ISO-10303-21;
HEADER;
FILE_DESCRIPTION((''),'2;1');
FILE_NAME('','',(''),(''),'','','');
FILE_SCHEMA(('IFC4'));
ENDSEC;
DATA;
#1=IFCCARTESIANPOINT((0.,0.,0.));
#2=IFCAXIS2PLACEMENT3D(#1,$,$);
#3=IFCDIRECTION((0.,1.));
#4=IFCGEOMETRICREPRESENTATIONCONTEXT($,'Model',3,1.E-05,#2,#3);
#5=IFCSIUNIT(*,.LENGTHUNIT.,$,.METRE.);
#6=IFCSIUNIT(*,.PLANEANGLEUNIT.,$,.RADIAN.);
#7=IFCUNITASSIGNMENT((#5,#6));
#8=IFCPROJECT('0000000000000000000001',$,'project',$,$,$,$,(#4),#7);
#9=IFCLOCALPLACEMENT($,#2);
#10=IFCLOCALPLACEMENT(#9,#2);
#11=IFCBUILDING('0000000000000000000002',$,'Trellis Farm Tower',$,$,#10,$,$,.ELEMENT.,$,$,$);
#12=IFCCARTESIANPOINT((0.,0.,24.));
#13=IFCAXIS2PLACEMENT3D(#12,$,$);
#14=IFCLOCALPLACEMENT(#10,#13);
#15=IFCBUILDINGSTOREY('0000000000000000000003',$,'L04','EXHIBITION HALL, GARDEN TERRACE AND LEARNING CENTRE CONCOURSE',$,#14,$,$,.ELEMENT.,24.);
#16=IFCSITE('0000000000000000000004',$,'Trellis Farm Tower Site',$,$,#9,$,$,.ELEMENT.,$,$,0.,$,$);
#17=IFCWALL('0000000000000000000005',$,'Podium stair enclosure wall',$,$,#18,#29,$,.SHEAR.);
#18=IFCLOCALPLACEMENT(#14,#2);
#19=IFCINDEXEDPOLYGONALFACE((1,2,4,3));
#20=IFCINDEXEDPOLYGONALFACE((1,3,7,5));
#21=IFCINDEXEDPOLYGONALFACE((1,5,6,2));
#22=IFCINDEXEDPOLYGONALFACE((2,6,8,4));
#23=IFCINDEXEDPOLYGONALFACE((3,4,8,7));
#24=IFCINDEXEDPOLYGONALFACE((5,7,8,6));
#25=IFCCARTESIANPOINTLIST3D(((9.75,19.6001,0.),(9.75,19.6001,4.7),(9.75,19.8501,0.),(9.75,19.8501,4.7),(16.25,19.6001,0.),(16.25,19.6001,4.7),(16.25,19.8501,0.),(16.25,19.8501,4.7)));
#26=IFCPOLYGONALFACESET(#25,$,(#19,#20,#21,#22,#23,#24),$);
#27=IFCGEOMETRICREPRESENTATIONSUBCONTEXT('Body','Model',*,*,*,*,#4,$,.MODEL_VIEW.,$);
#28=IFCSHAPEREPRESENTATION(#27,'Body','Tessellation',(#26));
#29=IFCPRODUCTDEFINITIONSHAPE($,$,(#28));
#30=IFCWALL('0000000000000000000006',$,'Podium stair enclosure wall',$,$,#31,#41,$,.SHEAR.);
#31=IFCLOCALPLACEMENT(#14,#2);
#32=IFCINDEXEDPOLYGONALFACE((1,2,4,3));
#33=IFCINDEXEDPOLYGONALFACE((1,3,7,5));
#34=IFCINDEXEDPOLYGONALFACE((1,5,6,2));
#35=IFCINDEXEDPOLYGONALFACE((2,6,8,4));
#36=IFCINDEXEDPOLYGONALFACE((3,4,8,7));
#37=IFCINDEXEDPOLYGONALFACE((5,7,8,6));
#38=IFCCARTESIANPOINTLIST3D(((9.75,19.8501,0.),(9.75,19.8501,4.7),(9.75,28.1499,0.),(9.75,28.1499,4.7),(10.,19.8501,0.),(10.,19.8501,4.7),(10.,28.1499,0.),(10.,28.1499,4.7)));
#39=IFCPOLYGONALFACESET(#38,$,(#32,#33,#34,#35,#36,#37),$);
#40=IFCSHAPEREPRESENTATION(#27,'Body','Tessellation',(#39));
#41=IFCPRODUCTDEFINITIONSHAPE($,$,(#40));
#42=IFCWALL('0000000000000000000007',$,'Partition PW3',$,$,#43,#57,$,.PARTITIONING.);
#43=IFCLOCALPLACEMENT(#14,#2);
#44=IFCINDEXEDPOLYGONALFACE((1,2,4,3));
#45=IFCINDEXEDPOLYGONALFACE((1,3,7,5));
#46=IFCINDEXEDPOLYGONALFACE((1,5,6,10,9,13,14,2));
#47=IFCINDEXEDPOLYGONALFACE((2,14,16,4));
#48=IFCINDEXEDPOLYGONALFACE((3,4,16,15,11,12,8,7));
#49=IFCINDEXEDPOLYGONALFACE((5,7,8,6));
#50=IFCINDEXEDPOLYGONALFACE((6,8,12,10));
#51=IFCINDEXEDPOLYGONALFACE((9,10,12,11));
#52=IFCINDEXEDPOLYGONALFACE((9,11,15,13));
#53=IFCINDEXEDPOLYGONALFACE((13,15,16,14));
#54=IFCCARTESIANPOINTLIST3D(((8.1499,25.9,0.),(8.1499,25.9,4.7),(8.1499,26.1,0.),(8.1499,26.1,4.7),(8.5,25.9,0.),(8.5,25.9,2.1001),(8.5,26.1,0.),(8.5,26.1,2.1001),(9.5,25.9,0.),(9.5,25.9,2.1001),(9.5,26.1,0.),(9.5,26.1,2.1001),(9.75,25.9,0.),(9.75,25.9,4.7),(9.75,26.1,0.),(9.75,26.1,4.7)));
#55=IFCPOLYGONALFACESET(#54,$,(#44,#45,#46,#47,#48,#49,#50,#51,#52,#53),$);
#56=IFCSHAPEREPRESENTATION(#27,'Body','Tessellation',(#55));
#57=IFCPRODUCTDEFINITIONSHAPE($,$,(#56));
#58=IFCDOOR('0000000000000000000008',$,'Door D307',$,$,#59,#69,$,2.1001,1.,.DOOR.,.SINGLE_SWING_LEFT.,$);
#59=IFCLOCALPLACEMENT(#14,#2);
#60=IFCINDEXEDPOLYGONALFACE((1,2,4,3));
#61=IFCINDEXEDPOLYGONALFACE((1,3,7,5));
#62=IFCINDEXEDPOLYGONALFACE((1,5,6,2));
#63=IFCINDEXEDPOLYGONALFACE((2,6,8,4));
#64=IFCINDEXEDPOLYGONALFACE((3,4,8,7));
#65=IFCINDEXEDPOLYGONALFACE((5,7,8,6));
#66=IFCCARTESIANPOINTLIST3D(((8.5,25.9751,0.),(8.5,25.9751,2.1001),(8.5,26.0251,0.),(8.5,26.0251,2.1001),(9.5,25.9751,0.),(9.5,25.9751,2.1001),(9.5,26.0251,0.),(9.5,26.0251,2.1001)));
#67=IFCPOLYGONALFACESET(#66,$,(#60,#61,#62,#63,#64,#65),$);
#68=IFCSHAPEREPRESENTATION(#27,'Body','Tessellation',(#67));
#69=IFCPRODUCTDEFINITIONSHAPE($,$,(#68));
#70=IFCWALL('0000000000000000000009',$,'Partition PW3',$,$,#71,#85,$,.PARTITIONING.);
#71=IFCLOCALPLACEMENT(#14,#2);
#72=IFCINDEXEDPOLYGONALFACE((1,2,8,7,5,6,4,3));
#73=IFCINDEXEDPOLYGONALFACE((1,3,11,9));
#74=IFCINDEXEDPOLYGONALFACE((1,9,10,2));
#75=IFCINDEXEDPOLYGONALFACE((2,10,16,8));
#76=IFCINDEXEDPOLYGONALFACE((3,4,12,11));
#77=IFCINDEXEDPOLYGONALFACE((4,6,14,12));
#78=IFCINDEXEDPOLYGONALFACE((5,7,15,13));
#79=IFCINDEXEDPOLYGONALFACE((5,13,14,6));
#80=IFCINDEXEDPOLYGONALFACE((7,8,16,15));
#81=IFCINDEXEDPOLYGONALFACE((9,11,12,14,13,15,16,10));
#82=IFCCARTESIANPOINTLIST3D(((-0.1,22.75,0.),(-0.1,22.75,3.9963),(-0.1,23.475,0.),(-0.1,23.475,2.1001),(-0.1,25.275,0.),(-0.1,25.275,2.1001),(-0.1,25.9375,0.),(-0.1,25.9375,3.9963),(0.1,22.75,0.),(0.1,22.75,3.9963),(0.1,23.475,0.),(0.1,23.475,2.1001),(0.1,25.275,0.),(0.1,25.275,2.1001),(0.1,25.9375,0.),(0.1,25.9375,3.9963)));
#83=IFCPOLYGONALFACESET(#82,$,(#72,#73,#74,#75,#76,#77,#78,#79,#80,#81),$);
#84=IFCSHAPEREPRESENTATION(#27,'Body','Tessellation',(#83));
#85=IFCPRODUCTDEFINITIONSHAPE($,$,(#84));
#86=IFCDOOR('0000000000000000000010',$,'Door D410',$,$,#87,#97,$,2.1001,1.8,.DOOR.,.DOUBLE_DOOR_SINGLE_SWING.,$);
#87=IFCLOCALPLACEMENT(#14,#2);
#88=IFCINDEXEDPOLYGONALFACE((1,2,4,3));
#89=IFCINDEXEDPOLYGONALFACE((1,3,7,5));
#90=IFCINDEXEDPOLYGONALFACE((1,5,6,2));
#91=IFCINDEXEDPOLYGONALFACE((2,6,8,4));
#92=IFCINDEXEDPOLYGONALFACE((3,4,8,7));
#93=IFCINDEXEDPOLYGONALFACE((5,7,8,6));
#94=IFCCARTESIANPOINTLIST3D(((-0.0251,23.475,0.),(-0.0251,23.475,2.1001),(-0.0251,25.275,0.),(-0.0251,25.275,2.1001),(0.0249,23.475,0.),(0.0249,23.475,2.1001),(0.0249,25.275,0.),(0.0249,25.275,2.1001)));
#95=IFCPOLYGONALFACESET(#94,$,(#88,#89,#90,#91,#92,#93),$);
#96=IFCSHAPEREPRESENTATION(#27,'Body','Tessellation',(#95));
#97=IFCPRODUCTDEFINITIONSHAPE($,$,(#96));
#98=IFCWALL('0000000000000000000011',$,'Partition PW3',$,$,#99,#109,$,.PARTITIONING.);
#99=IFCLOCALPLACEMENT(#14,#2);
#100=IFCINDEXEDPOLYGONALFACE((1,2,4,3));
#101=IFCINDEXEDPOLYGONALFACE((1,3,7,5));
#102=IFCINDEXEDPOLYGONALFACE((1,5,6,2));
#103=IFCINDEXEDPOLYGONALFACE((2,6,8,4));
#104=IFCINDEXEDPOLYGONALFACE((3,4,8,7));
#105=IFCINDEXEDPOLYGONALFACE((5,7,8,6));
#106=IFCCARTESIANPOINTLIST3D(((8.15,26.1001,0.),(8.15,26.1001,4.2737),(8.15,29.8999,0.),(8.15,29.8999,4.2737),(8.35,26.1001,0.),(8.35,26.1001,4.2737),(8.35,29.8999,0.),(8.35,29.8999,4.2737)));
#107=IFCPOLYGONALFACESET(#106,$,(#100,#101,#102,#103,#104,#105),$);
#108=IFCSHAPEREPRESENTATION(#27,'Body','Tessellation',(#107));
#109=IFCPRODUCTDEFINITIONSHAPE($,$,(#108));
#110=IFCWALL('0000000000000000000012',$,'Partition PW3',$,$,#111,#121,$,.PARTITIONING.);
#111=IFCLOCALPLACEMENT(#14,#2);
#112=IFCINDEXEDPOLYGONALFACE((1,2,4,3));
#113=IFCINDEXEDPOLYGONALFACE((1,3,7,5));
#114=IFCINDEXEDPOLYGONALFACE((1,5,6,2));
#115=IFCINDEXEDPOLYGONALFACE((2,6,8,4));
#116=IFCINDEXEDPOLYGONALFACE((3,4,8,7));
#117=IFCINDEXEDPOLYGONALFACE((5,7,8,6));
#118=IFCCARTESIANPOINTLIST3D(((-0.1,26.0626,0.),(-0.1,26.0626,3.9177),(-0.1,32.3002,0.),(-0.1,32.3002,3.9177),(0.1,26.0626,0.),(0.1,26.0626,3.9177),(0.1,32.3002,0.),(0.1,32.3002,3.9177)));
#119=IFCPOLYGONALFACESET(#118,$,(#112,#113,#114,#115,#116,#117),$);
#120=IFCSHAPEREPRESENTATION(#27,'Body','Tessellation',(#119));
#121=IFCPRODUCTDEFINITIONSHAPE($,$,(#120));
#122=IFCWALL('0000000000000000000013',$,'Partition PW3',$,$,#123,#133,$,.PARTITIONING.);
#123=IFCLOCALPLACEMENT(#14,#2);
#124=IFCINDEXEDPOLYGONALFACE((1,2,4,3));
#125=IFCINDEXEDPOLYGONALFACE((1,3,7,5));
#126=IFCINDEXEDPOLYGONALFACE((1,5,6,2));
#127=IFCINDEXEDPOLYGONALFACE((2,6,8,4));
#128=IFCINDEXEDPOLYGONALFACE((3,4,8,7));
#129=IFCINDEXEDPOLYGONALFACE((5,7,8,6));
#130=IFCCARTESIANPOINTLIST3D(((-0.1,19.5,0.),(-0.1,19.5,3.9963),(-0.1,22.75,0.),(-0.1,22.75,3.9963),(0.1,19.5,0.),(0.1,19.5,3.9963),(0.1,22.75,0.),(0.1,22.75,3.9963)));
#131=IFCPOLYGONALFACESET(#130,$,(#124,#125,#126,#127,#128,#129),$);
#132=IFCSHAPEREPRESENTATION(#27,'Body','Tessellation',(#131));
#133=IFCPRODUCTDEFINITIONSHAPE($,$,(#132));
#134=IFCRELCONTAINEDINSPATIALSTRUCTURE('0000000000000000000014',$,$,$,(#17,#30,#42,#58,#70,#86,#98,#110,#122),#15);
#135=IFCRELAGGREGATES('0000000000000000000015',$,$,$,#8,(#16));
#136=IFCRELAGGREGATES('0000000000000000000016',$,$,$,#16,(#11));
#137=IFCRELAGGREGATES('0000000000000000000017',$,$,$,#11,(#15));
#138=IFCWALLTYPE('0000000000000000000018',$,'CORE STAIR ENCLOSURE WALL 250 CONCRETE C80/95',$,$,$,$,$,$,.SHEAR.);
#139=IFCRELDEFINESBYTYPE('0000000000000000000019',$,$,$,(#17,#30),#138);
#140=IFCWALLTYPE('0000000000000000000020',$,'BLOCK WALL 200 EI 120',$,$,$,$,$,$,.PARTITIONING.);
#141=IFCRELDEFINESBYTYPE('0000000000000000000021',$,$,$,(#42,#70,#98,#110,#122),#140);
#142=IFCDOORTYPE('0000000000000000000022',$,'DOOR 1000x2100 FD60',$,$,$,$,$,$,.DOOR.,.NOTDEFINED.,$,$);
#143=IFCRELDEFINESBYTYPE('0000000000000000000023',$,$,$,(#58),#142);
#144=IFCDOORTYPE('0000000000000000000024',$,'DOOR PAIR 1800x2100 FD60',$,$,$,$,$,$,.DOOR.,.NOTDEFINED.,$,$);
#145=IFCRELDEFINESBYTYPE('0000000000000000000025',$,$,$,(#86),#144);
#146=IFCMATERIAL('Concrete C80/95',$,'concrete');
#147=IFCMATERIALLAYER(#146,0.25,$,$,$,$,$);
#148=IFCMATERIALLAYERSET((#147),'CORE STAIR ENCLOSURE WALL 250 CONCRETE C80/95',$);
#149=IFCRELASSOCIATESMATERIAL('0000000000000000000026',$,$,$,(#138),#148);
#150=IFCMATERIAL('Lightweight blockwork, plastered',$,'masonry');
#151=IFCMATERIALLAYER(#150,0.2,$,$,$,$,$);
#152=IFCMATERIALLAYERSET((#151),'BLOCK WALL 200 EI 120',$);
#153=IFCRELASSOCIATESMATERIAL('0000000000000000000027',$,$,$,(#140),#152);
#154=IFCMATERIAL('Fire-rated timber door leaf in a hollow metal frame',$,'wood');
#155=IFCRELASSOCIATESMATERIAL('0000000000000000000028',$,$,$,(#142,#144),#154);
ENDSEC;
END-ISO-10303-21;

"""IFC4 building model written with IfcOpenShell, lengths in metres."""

from ifc_helpers import new_model, si_unit, direction, frame, frame_2d, origin, place, context, subcontext, project, spatial, rectangle, extrude, source, transform, mapped, material, layer, layer_set, type_object, element, fill, save


model = new_model("IFC4")

# Units and contexts
model_context = context("Model", 3, precision=1e-05, world=origin(), true_north=direction((0.0, 1.0)))
body_context = subcontext(model_context, "Body", "Model", "MODEL_VIEW")
ifc_project = project(units=[si_unit("LENGTHUNIT", "METRE"), si_unit("PLANEANGLEUNIT", "RADIAN")], contexts=[model_context])

# Site, building, storey
site_placement = place(None, origin())
site = spatial("IfcSite", under=ifc_project, at=site_placement, Name="Trellis Farm Tower Site", CompositionType="ELEMENT", RefElevation=0.0)
building_placement = place(site_placement, origin())
building = spatial("IfcBuilding", under=site, at=building_placement, Name="Trellis Farm Tower", CompositionType="ELEMENT")
storey_placement = place(building_placement, frame((0.0, 0.0, 24.0)))
storey = spatial("IfcBuildingStorey", under=building, at=storey_placement, Name="L04", Description="EXHIBITION HALL, GARDEN TERRACE AND LEARNING CENTRE CONCOURSE", CompositionType="ELEMENT", Elevation=24.0)

# Shared definitions
ifc_material_1 = material(Name="Concrete C80/95", Category="concrete")

# Shared definitions
ifc_layer_1 = layer(ifc_material_1, 0.25)
ifc_layer_set_1 = layer_set([ifc_layer_1], Name="CORE STAIR ENCLOSURE WALL 250 CONCRETE C80/95")
wall_type_1 = type_object("IfcWallType", Name="CORE STAIR ENCLOSURE WALL 250 CONCRETE C80/95", PredefinedType="SHEAR", material=ifc_layer_set_1)
shared_shape_1 = source(origin(), body_context, "Body", "SweptSolid", [
    extrude(rectangle(XDim=6.5, YDim=0.25, at=frame_2d((3.25, 0.0))), origin(), (0.0, 0.0, 1.0), 4.7),
])
shared_shape_2 = source(origin(), body_context, "Body", "SweptSolid", [
    extrude(rectangle(XDim=1.8, YDim=2.1001, at=frame_2d((0.8999, 1.05))), frame((0.0, 0.0249, 0.0), z_axis=(0.0, -1.0, 0.0), x_axis=(1.0, 0.0, 0.0)), (0.0, 0.0, 1.0), 0.05),
])

# Walls
wall_1_placement = place(storey_placement, frame((9.75, 19.7251, 0.0), z_axis=(0.0, 0.0, 1.0), x_axis=(1.0, 0.0, 0.0)))
element("IfcWall", 1, at=wall_1_placement, inside=storey, type_object=wall_type_1, Name="Podium stair enclosure wall", PredefinedType="SHEAR", context=body_context, shape_type="MappedRepresentation", body=[
    mapped(shared_shape_1, transform((0.0, 0.0, 0.0))),
])
shared_shape_3 = source(origin(), body_context, "Body", "SweptSolid", [
    extrude(rectangle(XDim=8.2998, YDim=0.25, at=frame_2d((4.1499, 0.0))), origin(), (0.0, 0.0, 1.0), 4.7),
])
wall_2_placement = place(storey_placement, frame((9.875, 19.8501, 0.0), z_axis=(0.0, 0.0, 1.0), x_axis=(0.0, 1.0, 0.0)))
element("IfcWall", 2, at=wall_2_placement, inside=storey, type_object=wall_type_1, Name="Podium stair enclosure wall", PredefinedType="SHEAR", context=body_context, shape_type="MappedRepresentation", body=[
    mapped(shared_shape_3, transform((0.0, 0.0, 0.0))),
])

# Walls, openings, doors
ifc_material_2 = material(Name="Lightweight blockwork, plastered", Category="masonry")
ifc_layer_2 = layer(ifc_material_2, 0.2)
ifc_layer_set_2 = layer_set([ifc_layer_2], Name="BLOCK WALL 200 EI 120")
wall_type_2 = type_object("IfcWallType", Name="BLOCK WALL 200 EI 120", PredefinedType="PARTITIONING", material=ifc_layer_set_2)
shared_shape_4 = source(origin(), body_context, "Body", "SweptSolid", [
    extrude(rectangle(XDim=1.6001, YDim=0.2, at=frame_2d((0.8, 0.0))), origin(), (0.0, 0.0, 1.0), 4.7),
])
wall_3_placement = place(storey_placement, frame((9.75, 26.0, 0.0), z_axis=(0.0, 0.0, 1.0), x_axis=(-1.0, 0.0, 0.0)))
wall_3 = element("IfcWall", 3, at=wall_3_placement, inside=storey, type_object=wall_type_2, Name="Partition PW3", PredefinedType="PARTITIONING", context=body_context, shape_type="MappedRepresentation", body=[
    mapped(shared_shape_4, transform((0.0, 0.0, 0.0))),
])
shared_shape_5 = source(origin(), body_context, "Body", "SweptSolid", [
    extrude(rectangle(XDim=1.0, YDim=2.1001, at=frame_2d((0.5, 1.05))), frame((0.0, 0.1101, 0.0), z_axis=(0.0, -1.0, 0.0), x_axis=(1.0, 0.0, 0.0)), (0.0, 0.0, 1.0), 0.2202),
])
opening_1_placement = place(wall_3_placement, frame((0.25, 0.0, 0.0)))
opening_1 = element("IfcOpeningElement", 4, at=opening_1_placement, cuts=wall_3, PredefinedType="OPENING", context=body_context, shape_type="MappedRepresentation", body=[
    mapped(shared_shape_5, transform((0.0, 0.0, 0.0))),
])
ifc_material_3 = material(Name="Fire-rated timber door leaf in a hollow metal frame", Category="wood")
door_type_1 = type_object("IfcDoorType", Name="DOOR 1000x2100 FD60", OperationType="NOTDEFINED", PredefinedType="DOOR", material=ifc_material_3)
shared_shape_6 = source(origin(), body_context, "Body", "SweptSolid", [
    extrude(rectangle(XDim=1.0, YDim=2.1001, at=frame_2d((0.5, 1.05))), frame((0.0, 0.0249, 0.0), z_axis=(0.0, -1.0, 0.0), x_axis=(1.0, 0.0, 0.0)), (0.0, 0.0, 1.0), 0.05),
])
door_1_placement = place(opening_1_placement, origin())
door_1 = element("IfcDoor", 5, at=door_1_placement, inside=storey, type_object=door_type_1, Name="Door D307", OperationType="SINGLE_SWING_LEFT", OverallHeight=2.1001, OverallWidth=1.0, PredefinedType="DOOR", context=body_context, shape_type="MappedRepresentation", body=[
    mapped(shared_shape_6, transform((0.0, 0.0, 0.0))),
])
fill(opening_1, door_1)
shared_shape_7 = source(origin(), body_context, "Body", "SweptSolid", [
    extrude(rectangle(XDim=3.1875, YDim=0.2, at=frame_2d((1.5938, 0.0))), origin(), (0.0, 0.0, 1.0), 3.9963),
])
wall_4_placement = place(storey_placement, frame((0.0, 25.9375, 0.0), z_axis=(0.0, 0.0, 1.0), x_axis=(0.0, -1.0, 0.0)))
wall_4 = element("IfcWall", 6, at=wall_4_placement, inside=storey, type_object=wall_type_2, Name="Partition PW3", PredefinedType="PARTITIONING", context=body_context, shape_type="MappedRepresentation", body=[
    mapped(shared_shape_7, transform((0.0, 0.0, 0.0))),
])
shared_shape_8 = source(origin(), body_context, "Body", "SweptSolid", [
    extrude(rectangle(XDim=1.8, YDim=2.1001, at=frame_2d((0.8999, 1.05))), frame((0.0, 0.1101, 0.0), z_axis=(0.0, -1.0, 0.0), x_axis=(1.0, 0.0, 0.0)), (0.0, 0.0, 1.0), 0.2202),
])
opening_2_placement = place(wall_4_placement, frame((0.6626, 0.0, 0.0)))
opening_2 = element("IfcOpeningElement", 7, at=opening_2_placement, cuts=wall_4, PredefinedType="OPENING", context=body_context, shape_type="MappedRepresentation", body=[
    mapped(shared_shape_8, transform((0.0, 0.0, 0.0))),
])
door_type_2 = type_object("IfcDoorType", Name="DOOR PAIR 1800x2100 FD60", OperationType="NOTDEFINED", PredefinedType="DOOR", material=ifc_material_3)
door_2_placement = place(opening_2_placement, origin())
door_2 = element("IfcDoor", 8, at=door_2_placement, inside=storey, type_object=door_type_2, Name="Door D410", OperationType="DOUBLE_DOOR_SINGLE_SWING", OverallHeight=2.1001, OverallWidth=1.8, PredefinedType="DOOR", context=body_context, shape_type="MappedRepresentation", body=[
    mapped(shared_shape_2, transform((0.0, 0.0, 0.0))),
])
fill(opening_2, door_2)

# Walls
shared_shape_9 = source(origin(), body_context, "Body", "SweptSolid", [
    extrude(rectangle(XDim=3.7998, YDim=0.2, at=frame_2d((1.8999, 0.0))), origin(), (0.0, 0.0, 1.0), 4.2737),
])
wall_5_placement = place(storey_placement, frame((8.25, 26.1001, 0.0), z_axis=(0.0, 0.0, 1.0), x_axis=(0.0, 1.0, 0.0)))
element("IfcWall", 9, at=wall_5_placement, inside=storey, type_object=wall_type_2, Name="Partition PW3", PredefinedType="PARTITIONING", context=body_context, shape_type="MappedRepresentation", body=[
    mapped(shared_shape_9, transform((0.0, 0.0, 0.0))),
])
shared_shape_10 = source(origin(), body_context, "Body", "SweptSolid", [
    extrude(rectangle(XDim=6.2375, YDim=0.2, at=frame_2d((3.1187, 0.0))), origin(), (0.0, 0.0, 1.0), 3.9177),
])
wall_6_placement = place(storey_placement, frame((0.0, 32.3, 0.0), z_axis=(0.0, 0.0, 1.0), x_axis=(0.0, -1.0, 0.0)))
element("IfcWall", 10, at=wall_6_placement, inside=storey, type_object=wall_type_2, Name="Partition PW3", PredefinedType="PARTITIONING", context=body_context, shape_type="MappedRepresentation", body=[
    mapped(shared_shape_10, transform((0.0, 0.0, 0.0))),
])
shared_shape_11 = source(origin(), body_context, "Body", "SweptSolid", [
    extrude(rectangle(XDim=3.25, YDim=0.2, at=frame_2d((1.625, 0.0))), origin(), (0.0, 0.0, 1.0), 3.9963),
])
wall_7_placement = place(storey_placement, frame((0.0, 19.5, 0.0), z_axis=(0.0, 0.0, 1.0), x_axis=(0.0, 1.0, 0.0)))
element("IfcWall", 11, at=wall_7_placement, inside=storey, type_object=wall_type_2, Name="Partition PW3", PredefinedType="PARTITIONING", context=body_context, shape_type="MappedRepresentation", body=[
    mapped(shared_shape_11, transform((0.0, 0.0, 0.0))),
])

save(model, "model.ifc")
